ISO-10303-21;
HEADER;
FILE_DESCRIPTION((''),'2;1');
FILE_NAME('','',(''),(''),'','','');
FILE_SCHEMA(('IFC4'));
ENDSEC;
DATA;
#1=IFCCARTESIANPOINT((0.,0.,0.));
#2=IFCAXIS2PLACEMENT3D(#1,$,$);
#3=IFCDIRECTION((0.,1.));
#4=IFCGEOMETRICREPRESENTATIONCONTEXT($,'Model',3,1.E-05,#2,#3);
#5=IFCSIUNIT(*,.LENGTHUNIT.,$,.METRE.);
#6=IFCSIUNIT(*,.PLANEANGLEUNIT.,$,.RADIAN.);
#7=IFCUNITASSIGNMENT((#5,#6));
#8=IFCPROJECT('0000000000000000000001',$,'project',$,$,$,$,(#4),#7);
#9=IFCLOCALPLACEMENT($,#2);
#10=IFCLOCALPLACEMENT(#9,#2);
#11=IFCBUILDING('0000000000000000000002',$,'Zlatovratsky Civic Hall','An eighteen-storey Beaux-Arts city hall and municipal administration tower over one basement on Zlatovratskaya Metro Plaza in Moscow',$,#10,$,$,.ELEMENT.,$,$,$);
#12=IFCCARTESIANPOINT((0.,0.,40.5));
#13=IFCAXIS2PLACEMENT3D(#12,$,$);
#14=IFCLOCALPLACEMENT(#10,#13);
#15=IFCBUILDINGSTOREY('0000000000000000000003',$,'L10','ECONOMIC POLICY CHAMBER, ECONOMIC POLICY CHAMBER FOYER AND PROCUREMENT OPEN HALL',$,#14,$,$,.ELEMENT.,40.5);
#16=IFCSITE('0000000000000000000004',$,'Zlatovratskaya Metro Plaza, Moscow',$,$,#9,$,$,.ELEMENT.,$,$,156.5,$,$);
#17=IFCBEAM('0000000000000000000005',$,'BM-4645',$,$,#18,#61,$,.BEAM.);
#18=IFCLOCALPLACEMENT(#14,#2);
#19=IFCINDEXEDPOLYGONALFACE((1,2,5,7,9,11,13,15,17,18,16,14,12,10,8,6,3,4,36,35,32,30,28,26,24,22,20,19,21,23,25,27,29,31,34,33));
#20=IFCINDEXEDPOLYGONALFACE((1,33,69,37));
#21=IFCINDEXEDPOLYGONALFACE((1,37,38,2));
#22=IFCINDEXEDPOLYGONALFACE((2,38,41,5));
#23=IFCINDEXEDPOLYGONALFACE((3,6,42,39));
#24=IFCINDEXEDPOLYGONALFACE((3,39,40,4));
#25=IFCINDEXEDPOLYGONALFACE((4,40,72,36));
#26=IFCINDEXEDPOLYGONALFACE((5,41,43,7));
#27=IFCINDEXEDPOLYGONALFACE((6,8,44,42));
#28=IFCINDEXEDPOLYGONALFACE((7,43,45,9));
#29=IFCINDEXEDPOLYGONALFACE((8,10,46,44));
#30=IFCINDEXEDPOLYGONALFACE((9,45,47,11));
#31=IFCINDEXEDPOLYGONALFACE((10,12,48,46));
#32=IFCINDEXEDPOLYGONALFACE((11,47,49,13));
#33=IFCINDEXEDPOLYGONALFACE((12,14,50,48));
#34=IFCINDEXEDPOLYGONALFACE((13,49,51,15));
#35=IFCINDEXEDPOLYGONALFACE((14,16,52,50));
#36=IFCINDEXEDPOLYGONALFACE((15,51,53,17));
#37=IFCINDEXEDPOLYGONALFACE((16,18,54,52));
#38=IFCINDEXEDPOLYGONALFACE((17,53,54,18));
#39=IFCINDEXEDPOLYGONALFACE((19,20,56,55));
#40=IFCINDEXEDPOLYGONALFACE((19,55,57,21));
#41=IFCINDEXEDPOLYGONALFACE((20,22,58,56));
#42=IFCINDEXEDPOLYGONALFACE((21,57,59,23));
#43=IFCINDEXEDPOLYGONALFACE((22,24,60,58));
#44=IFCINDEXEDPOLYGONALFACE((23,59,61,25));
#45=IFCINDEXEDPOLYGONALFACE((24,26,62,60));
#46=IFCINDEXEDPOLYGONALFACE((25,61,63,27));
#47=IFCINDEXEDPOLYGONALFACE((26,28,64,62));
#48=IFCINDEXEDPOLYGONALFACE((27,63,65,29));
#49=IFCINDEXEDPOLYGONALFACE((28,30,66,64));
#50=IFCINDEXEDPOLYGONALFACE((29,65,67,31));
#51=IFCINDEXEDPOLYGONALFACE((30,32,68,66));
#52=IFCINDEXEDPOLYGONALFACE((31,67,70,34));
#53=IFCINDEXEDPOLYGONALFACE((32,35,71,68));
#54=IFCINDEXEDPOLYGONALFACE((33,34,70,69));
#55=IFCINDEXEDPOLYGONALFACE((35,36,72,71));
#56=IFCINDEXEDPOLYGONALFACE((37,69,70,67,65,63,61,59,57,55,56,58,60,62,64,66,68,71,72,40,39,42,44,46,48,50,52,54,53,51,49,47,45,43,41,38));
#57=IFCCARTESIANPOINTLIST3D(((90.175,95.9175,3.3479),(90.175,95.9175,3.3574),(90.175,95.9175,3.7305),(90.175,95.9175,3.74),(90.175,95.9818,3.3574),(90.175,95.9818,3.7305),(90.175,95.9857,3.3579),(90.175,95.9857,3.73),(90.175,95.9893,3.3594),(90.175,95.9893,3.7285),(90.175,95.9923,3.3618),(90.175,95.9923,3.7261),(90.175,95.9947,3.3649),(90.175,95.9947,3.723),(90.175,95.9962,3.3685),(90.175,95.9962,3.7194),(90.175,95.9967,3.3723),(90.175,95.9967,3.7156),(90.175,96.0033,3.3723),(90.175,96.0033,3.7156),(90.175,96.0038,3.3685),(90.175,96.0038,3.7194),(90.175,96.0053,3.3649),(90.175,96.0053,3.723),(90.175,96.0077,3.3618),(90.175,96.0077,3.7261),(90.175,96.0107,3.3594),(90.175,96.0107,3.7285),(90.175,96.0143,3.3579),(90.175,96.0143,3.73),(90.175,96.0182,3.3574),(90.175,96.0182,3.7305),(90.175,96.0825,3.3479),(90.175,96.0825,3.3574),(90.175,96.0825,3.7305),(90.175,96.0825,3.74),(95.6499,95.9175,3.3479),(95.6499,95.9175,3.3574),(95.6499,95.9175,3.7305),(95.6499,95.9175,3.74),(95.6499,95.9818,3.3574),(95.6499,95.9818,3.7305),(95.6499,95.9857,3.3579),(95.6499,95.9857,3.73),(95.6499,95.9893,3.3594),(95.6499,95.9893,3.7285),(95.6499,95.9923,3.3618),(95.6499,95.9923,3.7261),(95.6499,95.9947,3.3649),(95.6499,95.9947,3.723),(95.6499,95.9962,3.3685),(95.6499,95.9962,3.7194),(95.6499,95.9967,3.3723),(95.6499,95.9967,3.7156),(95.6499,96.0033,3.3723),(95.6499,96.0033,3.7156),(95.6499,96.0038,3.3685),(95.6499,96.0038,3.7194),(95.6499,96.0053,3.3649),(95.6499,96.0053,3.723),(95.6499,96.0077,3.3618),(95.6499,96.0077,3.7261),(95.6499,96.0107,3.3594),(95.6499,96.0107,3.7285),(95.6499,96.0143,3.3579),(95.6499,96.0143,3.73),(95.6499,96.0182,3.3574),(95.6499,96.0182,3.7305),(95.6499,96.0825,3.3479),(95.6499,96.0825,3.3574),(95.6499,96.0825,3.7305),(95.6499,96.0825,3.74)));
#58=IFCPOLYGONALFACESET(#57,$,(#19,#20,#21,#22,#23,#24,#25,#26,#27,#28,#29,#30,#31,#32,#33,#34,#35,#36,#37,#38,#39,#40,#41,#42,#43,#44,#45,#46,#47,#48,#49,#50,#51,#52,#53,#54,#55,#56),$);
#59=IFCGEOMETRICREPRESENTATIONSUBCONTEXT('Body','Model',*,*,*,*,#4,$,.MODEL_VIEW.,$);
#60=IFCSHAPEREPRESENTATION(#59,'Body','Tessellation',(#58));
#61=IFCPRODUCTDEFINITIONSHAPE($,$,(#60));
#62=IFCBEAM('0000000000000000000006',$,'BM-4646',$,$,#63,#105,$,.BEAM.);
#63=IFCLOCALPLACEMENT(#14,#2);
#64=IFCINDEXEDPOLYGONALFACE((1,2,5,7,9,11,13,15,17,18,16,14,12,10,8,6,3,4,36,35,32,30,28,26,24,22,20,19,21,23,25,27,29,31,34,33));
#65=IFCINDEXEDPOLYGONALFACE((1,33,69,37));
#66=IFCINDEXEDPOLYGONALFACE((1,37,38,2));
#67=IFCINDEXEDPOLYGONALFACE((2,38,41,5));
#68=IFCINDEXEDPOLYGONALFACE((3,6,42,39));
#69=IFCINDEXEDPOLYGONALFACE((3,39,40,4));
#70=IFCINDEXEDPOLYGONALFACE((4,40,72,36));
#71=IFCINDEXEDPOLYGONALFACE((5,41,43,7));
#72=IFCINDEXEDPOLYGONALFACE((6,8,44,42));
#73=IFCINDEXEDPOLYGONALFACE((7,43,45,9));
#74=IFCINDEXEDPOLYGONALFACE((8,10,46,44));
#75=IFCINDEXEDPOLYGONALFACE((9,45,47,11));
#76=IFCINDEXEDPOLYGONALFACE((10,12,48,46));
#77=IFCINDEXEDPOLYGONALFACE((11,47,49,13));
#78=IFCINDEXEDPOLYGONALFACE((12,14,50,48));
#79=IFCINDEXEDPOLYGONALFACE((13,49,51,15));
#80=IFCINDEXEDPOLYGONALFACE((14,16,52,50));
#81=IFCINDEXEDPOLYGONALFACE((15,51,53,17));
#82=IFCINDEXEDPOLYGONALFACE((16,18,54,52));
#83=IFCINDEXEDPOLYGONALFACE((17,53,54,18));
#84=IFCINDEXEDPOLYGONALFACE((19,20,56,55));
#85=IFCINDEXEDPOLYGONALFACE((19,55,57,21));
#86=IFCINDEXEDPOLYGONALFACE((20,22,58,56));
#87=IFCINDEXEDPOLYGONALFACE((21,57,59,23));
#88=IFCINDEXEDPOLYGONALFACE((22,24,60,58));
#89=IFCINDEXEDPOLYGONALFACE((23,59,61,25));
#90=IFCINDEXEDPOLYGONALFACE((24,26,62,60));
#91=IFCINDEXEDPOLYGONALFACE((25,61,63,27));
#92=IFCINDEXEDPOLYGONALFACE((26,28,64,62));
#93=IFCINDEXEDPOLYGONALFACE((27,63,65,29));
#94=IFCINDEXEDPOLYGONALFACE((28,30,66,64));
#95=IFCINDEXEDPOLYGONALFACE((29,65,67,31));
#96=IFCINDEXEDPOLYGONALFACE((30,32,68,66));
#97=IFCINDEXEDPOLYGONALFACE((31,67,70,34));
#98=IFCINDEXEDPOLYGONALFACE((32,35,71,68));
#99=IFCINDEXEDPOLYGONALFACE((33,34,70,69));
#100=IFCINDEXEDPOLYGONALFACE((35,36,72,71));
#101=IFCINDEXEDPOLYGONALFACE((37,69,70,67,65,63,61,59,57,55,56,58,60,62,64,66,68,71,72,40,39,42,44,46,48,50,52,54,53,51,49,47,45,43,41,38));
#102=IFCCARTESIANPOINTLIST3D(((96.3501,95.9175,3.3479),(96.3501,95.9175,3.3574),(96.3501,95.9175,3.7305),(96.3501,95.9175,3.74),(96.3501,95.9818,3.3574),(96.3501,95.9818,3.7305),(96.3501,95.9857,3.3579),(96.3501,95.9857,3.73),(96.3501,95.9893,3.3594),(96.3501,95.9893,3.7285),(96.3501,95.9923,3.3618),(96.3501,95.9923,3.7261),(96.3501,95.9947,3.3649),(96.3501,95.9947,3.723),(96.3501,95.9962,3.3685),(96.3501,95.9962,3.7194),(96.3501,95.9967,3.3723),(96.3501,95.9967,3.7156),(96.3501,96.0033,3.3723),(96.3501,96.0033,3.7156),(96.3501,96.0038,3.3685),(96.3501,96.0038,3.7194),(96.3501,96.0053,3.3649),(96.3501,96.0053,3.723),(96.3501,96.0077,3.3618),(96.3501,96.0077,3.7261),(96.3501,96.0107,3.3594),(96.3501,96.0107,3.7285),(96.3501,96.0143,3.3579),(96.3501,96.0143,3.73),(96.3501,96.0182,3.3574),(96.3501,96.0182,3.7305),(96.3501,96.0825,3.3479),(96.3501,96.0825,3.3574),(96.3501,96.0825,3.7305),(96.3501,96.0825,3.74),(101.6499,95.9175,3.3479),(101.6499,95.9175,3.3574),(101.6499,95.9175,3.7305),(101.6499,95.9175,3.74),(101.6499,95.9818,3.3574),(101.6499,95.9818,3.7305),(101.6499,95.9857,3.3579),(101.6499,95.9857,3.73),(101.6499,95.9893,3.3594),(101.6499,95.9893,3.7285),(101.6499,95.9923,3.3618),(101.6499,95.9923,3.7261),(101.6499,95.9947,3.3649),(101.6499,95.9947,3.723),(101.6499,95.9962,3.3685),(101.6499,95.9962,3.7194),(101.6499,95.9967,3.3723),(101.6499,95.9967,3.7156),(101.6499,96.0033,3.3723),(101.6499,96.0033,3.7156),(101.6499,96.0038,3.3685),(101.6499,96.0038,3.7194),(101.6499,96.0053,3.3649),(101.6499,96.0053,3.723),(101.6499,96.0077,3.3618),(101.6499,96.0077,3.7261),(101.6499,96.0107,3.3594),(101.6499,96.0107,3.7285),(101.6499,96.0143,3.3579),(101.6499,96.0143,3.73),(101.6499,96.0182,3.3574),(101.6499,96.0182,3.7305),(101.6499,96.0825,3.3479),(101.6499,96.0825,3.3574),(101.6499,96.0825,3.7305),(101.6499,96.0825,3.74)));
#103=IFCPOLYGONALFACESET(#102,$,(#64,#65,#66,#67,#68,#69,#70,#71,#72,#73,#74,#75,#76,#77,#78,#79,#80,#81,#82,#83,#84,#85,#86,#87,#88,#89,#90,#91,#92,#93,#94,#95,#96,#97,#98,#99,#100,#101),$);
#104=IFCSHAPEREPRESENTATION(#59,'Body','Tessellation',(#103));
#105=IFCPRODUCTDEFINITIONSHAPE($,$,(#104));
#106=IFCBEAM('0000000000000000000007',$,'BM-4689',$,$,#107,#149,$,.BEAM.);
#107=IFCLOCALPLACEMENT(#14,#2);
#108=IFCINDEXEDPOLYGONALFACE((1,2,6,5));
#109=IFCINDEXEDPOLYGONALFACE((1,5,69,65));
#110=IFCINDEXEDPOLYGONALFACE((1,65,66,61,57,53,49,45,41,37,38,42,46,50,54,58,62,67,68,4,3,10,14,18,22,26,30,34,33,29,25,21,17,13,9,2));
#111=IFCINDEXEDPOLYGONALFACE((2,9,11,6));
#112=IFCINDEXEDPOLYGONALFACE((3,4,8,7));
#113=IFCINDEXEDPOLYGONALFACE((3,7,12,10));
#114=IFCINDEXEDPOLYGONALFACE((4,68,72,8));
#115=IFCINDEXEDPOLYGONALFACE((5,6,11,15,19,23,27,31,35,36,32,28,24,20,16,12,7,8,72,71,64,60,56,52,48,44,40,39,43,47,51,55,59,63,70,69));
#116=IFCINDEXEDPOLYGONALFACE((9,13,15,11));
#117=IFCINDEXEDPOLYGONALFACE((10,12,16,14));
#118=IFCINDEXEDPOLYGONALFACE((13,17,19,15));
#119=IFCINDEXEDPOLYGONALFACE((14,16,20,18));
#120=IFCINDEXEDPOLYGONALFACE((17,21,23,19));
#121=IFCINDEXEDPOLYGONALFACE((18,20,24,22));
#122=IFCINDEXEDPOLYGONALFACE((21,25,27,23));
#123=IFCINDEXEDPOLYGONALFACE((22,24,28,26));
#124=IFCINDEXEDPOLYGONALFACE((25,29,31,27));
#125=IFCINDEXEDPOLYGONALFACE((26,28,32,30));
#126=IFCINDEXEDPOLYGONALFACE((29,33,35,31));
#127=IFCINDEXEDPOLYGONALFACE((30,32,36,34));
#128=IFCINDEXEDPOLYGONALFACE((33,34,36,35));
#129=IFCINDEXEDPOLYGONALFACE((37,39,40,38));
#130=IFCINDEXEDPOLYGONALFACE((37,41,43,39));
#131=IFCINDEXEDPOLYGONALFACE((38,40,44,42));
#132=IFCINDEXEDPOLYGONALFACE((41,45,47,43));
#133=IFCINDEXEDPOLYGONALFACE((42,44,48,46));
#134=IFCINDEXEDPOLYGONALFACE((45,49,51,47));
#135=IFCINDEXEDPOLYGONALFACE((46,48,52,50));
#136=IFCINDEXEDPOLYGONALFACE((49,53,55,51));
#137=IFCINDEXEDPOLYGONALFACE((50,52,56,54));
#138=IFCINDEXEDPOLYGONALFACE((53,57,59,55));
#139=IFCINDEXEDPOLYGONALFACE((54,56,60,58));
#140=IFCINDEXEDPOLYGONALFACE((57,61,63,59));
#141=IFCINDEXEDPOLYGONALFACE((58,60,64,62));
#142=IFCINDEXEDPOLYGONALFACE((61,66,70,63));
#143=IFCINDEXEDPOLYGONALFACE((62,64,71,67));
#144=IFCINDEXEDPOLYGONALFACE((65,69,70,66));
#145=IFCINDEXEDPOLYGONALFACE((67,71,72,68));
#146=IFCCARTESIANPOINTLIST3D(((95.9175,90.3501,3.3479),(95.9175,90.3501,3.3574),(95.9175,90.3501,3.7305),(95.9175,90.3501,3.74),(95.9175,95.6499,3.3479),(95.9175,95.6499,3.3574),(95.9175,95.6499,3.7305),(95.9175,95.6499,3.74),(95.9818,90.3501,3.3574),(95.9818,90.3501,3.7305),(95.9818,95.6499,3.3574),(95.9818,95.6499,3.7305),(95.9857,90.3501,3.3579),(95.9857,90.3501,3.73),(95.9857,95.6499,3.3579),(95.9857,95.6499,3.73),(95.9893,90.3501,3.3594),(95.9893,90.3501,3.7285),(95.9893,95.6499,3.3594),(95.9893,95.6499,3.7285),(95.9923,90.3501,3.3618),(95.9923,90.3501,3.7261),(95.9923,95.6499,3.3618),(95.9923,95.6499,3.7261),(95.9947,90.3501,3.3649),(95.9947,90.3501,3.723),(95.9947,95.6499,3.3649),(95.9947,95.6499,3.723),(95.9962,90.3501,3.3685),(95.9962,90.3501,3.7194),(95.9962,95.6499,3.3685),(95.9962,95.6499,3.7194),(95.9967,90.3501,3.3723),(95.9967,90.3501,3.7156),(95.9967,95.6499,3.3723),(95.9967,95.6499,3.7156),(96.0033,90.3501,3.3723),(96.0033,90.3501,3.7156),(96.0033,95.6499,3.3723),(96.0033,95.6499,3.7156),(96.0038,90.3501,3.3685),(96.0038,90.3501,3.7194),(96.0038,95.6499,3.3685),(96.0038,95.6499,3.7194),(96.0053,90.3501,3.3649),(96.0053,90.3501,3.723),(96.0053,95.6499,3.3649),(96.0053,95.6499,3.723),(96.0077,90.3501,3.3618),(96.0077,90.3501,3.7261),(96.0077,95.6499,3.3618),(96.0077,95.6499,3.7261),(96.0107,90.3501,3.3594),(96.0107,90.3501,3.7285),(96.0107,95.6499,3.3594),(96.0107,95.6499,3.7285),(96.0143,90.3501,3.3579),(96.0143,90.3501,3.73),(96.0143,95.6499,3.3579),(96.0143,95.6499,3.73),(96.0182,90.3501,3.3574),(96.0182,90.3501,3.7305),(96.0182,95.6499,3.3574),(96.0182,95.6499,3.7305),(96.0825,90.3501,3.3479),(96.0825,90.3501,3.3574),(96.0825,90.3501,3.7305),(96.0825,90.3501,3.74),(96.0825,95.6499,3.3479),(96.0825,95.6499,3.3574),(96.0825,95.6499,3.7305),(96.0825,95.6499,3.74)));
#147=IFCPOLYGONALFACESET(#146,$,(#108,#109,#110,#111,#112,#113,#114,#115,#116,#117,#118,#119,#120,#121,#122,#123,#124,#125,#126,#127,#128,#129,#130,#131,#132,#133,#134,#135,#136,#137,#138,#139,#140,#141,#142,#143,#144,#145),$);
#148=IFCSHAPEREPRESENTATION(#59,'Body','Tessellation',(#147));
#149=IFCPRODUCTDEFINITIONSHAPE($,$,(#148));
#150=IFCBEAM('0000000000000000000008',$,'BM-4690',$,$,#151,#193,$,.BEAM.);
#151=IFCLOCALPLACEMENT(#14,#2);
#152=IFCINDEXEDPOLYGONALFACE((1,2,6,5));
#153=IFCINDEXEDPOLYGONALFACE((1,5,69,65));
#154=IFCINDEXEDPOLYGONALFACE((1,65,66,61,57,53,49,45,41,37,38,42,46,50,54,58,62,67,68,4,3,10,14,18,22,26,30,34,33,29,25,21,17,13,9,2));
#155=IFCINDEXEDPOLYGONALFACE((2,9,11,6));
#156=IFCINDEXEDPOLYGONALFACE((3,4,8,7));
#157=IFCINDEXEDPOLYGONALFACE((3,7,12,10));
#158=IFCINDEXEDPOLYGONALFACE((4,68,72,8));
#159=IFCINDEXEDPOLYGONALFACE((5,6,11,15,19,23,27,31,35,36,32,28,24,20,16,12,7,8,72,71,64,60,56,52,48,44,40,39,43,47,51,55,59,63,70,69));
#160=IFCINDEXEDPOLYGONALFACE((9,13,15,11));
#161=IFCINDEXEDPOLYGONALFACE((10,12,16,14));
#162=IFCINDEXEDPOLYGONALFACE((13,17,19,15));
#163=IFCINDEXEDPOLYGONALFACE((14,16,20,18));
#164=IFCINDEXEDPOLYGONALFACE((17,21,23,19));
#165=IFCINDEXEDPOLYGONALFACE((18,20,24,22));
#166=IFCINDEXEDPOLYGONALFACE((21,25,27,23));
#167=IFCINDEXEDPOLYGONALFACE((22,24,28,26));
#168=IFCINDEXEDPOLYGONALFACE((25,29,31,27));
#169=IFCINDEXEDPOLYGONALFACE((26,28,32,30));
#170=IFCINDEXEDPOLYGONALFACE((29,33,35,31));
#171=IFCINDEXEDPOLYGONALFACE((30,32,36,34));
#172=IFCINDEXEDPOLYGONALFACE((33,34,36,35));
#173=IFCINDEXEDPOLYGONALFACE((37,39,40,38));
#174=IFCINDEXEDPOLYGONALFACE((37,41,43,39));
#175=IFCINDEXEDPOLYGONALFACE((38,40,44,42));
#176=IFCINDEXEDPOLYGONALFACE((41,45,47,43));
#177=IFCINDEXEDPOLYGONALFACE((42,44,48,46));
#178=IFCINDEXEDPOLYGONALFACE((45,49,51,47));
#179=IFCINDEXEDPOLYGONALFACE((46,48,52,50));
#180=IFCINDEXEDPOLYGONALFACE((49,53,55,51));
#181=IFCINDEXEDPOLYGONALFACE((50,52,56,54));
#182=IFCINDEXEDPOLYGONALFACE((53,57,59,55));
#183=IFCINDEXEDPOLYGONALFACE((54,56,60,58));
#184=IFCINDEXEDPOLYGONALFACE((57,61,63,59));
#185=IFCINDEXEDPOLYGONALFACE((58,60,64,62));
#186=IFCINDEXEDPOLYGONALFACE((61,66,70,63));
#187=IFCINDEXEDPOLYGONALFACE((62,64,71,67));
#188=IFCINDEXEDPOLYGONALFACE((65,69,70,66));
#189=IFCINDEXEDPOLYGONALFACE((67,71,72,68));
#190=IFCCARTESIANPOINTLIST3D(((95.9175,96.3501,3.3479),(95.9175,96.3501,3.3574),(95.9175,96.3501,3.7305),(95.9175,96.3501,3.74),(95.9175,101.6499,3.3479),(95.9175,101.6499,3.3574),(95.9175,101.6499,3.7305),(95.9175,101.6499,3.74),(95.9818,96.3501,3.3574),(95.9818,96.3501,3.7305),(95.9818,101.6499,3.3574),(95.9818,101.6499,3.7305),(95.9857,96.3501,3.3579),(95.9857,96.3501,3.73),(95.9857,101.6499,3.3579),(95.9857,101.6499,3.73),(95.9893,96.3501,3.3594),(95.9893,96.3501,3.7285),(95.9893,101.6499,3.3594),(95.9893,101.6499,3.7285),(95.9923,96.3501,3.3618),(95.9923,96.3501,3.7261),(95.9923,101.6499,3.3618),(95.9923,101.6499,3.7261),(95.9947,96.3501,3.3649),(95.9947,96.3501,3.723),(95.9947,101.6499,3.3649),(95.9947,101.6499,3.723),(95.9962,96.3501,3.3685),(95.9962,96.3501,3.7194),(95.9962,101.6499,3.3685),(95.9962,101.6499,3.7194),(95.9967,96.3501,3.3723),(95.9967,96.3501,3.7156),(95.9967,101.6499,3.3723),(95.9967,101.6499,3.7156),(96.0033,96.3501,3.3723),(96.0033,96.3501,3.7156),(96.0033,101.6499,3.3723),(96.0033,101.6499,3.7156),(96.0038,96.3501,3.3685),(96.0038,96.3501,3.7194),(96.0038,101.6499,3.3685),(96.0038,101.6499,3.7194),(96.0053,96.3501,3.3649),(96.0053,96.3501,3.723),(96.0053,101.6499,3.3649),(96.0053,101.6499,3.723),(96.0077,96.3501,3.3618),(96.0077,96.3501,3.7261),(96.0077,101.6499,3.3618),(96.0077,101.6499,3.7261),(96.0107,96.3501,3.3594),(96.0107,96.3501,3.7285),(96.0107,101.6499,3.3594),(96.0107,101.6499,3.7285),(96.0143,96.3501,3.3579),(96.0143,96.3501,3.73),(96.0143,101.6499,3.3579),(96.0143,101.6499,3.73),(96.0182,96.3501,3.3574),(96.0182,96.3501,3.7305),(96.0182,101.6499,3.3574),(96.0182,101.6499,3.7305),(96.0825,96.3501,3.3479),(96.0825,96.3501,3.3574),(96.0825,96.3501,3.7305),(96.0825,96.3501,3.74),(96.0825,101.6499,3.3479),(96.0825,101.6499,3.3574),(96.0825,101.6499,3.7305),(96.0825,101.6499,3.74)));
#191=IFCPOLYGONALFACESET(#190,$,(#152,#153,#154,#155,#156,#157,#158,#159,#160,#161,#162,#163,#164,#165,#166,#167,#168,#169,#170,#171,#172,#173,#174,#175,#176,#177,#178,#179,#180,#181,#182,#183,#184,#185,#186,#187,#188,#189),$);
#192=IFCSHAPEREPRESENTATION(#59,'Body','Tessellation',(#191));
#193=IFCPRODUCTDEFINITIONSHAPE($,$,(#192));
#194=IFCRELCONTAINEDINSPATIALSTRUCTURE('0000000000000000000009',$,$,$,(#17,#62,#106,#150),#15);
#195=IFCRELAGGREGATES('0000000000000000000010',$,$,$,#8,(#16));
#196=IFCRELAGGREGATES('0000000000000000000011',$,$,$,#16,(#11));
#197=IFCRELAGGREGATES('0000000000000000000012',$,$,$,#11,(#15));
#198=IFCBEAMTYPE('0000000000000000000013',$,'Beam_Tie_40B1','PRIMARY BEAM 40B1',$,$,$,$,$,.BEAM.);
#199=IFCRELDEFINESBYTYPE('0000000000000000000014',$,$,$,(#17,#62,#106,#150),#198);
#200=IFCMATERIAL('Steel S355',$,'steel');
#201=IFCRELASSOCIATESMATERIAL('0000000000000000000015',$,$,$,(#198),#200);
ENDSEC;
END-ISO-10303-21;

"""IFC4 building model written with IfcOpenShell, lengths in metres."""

from ifc_helpers import new_model, si_unit, direction, frame, origin, origin_2d, place, context, subcontext, project, spatial, i_section, extrude, material, material_profile, profile_set, type_object, element, save


model = new_model("IFC4")

# Units and contexts
model_context = context("Model", 3, precision=1e-05, world=origin(), true_north=direction((0.0, 1.0)))
body_context = subcontext(model_context, "Body", "Model", "MODEL_VIEW")
ifc_project = project(units=[si_unit("LENGTHUNIT", "METRE"), si_unit("PLANEANGLEUNIT", "RADIAN")], contexts=[model_context])

# Site, building, storey
site_placement = place(None, origin())
site = spatial("IfcSite", under=ifc_project, at=site_placement, Name="Zlatovratskaya Metro Plaza, Moscow", CompositionType="ELEMENT", RefElevation=156.5)
building_placement = place(site_placement, origin())
building = spatial("IfcBuilding", under=site, at=building_placement, Name="Zlatovratsky Civic Hall", Description="An eighteen-storey Beaux-Arts city hall and municipal administration tower over one basement on Zlatovratskaya Metro Plaza in Moscow", CompositionType="ELEMENT")
storey_placement = place(building_placement, frame((0.0, 0.0, 40.5)))
storey = spatial("IfcBuildingStorey", under=building, at=storey_placement, Name="L10", Description="ECONOMIC POLICY CHAMBER, ECONOMIC POLICY CHAMBER FOYER AND PROCUREMENT OPEN HALL", CompositionType="ELEMENT", Elevation=40.5)

# Beams
ifc_material_1 = material(Name="Steel S355", Category="steel")
ifc_material_profile_1 = material_profile(ifc_material_1, i_section(OverallWidth=0.165, OverallDepth=0.3921, WebThickness=0.0066, FlangeThickness=0.0095, FilletRadius=0.0149, at=origin_2d()), Name="40B1")
ifc_profile_set_1 = profile_set([ifc_material_profile_1], Name="Steel S355")
beam_type_1 = type_object("IfcBeamType", Name="Beam_Tie_40B1", Description="PRIMARY BEAM 40B1", PredefinedType="BEAM", material=ifc_profile_set_1)
beam_1_placement = place(storey_placement, frame((90.175, 96.0, 3.5439), z_axis=(1.0, 0.0, 0.0), x_axis=(0.0, 1.0, 0.0)))
element("IfcBeam", 1, at=beam_1_placement, inside=storey, type_object=beam_type_1, Name="BM-4645", PredefinedType="BEAM", context=body_context, shape_type="SweptSolid", body=[
    extrude(i_section(OverallWidth=0.165, OverallDepth=0.3921, WebThickness=0.0066, FlangeThickness=0.0095, FilletRadius=0.0149, at=origin_2d()), origin(), (0.0, 0.0, 1.0), 5.4749),
])
for number, where, z_axis, x_axis, name in (
    (2, (96.3501, 96.0, 3.5439), (1.0, 0.0, 0.0), (0.0, 1.0, 0.0), "BM-4646"),
    (3, (96.0, 90.3501, 3.5439), (0.0, 1.0, 0.0), (-1.0, 0.0, 0.0), "BM-4689"),
    (4, (96.0, 96.3501, 3.5439), (0.0, 1.0, 0.0), (-1.0, 0.0, 0.0), "BM-4690"),
):
    element("IfcBeam", number, at=place(storey_placement, frame(where, z_axis=z_axis, x_axis=x_axis)), inside=storey, type_object=beam_type_1, Name=name, PredefinedType="BEAM", context=body_context, shape_type="SweptSolid", body=[
        extrude(i_section(OverallWidth=0.165, OverallDepth=0.3921, WebThickness=0.0066, FlangeThickness=0.0095, FilletRadius=0.0149, at=origin_2d()), origin(), (0.0, 0.0, 1.0), 5.2998),
    ])

save(model, "model.ifc")
